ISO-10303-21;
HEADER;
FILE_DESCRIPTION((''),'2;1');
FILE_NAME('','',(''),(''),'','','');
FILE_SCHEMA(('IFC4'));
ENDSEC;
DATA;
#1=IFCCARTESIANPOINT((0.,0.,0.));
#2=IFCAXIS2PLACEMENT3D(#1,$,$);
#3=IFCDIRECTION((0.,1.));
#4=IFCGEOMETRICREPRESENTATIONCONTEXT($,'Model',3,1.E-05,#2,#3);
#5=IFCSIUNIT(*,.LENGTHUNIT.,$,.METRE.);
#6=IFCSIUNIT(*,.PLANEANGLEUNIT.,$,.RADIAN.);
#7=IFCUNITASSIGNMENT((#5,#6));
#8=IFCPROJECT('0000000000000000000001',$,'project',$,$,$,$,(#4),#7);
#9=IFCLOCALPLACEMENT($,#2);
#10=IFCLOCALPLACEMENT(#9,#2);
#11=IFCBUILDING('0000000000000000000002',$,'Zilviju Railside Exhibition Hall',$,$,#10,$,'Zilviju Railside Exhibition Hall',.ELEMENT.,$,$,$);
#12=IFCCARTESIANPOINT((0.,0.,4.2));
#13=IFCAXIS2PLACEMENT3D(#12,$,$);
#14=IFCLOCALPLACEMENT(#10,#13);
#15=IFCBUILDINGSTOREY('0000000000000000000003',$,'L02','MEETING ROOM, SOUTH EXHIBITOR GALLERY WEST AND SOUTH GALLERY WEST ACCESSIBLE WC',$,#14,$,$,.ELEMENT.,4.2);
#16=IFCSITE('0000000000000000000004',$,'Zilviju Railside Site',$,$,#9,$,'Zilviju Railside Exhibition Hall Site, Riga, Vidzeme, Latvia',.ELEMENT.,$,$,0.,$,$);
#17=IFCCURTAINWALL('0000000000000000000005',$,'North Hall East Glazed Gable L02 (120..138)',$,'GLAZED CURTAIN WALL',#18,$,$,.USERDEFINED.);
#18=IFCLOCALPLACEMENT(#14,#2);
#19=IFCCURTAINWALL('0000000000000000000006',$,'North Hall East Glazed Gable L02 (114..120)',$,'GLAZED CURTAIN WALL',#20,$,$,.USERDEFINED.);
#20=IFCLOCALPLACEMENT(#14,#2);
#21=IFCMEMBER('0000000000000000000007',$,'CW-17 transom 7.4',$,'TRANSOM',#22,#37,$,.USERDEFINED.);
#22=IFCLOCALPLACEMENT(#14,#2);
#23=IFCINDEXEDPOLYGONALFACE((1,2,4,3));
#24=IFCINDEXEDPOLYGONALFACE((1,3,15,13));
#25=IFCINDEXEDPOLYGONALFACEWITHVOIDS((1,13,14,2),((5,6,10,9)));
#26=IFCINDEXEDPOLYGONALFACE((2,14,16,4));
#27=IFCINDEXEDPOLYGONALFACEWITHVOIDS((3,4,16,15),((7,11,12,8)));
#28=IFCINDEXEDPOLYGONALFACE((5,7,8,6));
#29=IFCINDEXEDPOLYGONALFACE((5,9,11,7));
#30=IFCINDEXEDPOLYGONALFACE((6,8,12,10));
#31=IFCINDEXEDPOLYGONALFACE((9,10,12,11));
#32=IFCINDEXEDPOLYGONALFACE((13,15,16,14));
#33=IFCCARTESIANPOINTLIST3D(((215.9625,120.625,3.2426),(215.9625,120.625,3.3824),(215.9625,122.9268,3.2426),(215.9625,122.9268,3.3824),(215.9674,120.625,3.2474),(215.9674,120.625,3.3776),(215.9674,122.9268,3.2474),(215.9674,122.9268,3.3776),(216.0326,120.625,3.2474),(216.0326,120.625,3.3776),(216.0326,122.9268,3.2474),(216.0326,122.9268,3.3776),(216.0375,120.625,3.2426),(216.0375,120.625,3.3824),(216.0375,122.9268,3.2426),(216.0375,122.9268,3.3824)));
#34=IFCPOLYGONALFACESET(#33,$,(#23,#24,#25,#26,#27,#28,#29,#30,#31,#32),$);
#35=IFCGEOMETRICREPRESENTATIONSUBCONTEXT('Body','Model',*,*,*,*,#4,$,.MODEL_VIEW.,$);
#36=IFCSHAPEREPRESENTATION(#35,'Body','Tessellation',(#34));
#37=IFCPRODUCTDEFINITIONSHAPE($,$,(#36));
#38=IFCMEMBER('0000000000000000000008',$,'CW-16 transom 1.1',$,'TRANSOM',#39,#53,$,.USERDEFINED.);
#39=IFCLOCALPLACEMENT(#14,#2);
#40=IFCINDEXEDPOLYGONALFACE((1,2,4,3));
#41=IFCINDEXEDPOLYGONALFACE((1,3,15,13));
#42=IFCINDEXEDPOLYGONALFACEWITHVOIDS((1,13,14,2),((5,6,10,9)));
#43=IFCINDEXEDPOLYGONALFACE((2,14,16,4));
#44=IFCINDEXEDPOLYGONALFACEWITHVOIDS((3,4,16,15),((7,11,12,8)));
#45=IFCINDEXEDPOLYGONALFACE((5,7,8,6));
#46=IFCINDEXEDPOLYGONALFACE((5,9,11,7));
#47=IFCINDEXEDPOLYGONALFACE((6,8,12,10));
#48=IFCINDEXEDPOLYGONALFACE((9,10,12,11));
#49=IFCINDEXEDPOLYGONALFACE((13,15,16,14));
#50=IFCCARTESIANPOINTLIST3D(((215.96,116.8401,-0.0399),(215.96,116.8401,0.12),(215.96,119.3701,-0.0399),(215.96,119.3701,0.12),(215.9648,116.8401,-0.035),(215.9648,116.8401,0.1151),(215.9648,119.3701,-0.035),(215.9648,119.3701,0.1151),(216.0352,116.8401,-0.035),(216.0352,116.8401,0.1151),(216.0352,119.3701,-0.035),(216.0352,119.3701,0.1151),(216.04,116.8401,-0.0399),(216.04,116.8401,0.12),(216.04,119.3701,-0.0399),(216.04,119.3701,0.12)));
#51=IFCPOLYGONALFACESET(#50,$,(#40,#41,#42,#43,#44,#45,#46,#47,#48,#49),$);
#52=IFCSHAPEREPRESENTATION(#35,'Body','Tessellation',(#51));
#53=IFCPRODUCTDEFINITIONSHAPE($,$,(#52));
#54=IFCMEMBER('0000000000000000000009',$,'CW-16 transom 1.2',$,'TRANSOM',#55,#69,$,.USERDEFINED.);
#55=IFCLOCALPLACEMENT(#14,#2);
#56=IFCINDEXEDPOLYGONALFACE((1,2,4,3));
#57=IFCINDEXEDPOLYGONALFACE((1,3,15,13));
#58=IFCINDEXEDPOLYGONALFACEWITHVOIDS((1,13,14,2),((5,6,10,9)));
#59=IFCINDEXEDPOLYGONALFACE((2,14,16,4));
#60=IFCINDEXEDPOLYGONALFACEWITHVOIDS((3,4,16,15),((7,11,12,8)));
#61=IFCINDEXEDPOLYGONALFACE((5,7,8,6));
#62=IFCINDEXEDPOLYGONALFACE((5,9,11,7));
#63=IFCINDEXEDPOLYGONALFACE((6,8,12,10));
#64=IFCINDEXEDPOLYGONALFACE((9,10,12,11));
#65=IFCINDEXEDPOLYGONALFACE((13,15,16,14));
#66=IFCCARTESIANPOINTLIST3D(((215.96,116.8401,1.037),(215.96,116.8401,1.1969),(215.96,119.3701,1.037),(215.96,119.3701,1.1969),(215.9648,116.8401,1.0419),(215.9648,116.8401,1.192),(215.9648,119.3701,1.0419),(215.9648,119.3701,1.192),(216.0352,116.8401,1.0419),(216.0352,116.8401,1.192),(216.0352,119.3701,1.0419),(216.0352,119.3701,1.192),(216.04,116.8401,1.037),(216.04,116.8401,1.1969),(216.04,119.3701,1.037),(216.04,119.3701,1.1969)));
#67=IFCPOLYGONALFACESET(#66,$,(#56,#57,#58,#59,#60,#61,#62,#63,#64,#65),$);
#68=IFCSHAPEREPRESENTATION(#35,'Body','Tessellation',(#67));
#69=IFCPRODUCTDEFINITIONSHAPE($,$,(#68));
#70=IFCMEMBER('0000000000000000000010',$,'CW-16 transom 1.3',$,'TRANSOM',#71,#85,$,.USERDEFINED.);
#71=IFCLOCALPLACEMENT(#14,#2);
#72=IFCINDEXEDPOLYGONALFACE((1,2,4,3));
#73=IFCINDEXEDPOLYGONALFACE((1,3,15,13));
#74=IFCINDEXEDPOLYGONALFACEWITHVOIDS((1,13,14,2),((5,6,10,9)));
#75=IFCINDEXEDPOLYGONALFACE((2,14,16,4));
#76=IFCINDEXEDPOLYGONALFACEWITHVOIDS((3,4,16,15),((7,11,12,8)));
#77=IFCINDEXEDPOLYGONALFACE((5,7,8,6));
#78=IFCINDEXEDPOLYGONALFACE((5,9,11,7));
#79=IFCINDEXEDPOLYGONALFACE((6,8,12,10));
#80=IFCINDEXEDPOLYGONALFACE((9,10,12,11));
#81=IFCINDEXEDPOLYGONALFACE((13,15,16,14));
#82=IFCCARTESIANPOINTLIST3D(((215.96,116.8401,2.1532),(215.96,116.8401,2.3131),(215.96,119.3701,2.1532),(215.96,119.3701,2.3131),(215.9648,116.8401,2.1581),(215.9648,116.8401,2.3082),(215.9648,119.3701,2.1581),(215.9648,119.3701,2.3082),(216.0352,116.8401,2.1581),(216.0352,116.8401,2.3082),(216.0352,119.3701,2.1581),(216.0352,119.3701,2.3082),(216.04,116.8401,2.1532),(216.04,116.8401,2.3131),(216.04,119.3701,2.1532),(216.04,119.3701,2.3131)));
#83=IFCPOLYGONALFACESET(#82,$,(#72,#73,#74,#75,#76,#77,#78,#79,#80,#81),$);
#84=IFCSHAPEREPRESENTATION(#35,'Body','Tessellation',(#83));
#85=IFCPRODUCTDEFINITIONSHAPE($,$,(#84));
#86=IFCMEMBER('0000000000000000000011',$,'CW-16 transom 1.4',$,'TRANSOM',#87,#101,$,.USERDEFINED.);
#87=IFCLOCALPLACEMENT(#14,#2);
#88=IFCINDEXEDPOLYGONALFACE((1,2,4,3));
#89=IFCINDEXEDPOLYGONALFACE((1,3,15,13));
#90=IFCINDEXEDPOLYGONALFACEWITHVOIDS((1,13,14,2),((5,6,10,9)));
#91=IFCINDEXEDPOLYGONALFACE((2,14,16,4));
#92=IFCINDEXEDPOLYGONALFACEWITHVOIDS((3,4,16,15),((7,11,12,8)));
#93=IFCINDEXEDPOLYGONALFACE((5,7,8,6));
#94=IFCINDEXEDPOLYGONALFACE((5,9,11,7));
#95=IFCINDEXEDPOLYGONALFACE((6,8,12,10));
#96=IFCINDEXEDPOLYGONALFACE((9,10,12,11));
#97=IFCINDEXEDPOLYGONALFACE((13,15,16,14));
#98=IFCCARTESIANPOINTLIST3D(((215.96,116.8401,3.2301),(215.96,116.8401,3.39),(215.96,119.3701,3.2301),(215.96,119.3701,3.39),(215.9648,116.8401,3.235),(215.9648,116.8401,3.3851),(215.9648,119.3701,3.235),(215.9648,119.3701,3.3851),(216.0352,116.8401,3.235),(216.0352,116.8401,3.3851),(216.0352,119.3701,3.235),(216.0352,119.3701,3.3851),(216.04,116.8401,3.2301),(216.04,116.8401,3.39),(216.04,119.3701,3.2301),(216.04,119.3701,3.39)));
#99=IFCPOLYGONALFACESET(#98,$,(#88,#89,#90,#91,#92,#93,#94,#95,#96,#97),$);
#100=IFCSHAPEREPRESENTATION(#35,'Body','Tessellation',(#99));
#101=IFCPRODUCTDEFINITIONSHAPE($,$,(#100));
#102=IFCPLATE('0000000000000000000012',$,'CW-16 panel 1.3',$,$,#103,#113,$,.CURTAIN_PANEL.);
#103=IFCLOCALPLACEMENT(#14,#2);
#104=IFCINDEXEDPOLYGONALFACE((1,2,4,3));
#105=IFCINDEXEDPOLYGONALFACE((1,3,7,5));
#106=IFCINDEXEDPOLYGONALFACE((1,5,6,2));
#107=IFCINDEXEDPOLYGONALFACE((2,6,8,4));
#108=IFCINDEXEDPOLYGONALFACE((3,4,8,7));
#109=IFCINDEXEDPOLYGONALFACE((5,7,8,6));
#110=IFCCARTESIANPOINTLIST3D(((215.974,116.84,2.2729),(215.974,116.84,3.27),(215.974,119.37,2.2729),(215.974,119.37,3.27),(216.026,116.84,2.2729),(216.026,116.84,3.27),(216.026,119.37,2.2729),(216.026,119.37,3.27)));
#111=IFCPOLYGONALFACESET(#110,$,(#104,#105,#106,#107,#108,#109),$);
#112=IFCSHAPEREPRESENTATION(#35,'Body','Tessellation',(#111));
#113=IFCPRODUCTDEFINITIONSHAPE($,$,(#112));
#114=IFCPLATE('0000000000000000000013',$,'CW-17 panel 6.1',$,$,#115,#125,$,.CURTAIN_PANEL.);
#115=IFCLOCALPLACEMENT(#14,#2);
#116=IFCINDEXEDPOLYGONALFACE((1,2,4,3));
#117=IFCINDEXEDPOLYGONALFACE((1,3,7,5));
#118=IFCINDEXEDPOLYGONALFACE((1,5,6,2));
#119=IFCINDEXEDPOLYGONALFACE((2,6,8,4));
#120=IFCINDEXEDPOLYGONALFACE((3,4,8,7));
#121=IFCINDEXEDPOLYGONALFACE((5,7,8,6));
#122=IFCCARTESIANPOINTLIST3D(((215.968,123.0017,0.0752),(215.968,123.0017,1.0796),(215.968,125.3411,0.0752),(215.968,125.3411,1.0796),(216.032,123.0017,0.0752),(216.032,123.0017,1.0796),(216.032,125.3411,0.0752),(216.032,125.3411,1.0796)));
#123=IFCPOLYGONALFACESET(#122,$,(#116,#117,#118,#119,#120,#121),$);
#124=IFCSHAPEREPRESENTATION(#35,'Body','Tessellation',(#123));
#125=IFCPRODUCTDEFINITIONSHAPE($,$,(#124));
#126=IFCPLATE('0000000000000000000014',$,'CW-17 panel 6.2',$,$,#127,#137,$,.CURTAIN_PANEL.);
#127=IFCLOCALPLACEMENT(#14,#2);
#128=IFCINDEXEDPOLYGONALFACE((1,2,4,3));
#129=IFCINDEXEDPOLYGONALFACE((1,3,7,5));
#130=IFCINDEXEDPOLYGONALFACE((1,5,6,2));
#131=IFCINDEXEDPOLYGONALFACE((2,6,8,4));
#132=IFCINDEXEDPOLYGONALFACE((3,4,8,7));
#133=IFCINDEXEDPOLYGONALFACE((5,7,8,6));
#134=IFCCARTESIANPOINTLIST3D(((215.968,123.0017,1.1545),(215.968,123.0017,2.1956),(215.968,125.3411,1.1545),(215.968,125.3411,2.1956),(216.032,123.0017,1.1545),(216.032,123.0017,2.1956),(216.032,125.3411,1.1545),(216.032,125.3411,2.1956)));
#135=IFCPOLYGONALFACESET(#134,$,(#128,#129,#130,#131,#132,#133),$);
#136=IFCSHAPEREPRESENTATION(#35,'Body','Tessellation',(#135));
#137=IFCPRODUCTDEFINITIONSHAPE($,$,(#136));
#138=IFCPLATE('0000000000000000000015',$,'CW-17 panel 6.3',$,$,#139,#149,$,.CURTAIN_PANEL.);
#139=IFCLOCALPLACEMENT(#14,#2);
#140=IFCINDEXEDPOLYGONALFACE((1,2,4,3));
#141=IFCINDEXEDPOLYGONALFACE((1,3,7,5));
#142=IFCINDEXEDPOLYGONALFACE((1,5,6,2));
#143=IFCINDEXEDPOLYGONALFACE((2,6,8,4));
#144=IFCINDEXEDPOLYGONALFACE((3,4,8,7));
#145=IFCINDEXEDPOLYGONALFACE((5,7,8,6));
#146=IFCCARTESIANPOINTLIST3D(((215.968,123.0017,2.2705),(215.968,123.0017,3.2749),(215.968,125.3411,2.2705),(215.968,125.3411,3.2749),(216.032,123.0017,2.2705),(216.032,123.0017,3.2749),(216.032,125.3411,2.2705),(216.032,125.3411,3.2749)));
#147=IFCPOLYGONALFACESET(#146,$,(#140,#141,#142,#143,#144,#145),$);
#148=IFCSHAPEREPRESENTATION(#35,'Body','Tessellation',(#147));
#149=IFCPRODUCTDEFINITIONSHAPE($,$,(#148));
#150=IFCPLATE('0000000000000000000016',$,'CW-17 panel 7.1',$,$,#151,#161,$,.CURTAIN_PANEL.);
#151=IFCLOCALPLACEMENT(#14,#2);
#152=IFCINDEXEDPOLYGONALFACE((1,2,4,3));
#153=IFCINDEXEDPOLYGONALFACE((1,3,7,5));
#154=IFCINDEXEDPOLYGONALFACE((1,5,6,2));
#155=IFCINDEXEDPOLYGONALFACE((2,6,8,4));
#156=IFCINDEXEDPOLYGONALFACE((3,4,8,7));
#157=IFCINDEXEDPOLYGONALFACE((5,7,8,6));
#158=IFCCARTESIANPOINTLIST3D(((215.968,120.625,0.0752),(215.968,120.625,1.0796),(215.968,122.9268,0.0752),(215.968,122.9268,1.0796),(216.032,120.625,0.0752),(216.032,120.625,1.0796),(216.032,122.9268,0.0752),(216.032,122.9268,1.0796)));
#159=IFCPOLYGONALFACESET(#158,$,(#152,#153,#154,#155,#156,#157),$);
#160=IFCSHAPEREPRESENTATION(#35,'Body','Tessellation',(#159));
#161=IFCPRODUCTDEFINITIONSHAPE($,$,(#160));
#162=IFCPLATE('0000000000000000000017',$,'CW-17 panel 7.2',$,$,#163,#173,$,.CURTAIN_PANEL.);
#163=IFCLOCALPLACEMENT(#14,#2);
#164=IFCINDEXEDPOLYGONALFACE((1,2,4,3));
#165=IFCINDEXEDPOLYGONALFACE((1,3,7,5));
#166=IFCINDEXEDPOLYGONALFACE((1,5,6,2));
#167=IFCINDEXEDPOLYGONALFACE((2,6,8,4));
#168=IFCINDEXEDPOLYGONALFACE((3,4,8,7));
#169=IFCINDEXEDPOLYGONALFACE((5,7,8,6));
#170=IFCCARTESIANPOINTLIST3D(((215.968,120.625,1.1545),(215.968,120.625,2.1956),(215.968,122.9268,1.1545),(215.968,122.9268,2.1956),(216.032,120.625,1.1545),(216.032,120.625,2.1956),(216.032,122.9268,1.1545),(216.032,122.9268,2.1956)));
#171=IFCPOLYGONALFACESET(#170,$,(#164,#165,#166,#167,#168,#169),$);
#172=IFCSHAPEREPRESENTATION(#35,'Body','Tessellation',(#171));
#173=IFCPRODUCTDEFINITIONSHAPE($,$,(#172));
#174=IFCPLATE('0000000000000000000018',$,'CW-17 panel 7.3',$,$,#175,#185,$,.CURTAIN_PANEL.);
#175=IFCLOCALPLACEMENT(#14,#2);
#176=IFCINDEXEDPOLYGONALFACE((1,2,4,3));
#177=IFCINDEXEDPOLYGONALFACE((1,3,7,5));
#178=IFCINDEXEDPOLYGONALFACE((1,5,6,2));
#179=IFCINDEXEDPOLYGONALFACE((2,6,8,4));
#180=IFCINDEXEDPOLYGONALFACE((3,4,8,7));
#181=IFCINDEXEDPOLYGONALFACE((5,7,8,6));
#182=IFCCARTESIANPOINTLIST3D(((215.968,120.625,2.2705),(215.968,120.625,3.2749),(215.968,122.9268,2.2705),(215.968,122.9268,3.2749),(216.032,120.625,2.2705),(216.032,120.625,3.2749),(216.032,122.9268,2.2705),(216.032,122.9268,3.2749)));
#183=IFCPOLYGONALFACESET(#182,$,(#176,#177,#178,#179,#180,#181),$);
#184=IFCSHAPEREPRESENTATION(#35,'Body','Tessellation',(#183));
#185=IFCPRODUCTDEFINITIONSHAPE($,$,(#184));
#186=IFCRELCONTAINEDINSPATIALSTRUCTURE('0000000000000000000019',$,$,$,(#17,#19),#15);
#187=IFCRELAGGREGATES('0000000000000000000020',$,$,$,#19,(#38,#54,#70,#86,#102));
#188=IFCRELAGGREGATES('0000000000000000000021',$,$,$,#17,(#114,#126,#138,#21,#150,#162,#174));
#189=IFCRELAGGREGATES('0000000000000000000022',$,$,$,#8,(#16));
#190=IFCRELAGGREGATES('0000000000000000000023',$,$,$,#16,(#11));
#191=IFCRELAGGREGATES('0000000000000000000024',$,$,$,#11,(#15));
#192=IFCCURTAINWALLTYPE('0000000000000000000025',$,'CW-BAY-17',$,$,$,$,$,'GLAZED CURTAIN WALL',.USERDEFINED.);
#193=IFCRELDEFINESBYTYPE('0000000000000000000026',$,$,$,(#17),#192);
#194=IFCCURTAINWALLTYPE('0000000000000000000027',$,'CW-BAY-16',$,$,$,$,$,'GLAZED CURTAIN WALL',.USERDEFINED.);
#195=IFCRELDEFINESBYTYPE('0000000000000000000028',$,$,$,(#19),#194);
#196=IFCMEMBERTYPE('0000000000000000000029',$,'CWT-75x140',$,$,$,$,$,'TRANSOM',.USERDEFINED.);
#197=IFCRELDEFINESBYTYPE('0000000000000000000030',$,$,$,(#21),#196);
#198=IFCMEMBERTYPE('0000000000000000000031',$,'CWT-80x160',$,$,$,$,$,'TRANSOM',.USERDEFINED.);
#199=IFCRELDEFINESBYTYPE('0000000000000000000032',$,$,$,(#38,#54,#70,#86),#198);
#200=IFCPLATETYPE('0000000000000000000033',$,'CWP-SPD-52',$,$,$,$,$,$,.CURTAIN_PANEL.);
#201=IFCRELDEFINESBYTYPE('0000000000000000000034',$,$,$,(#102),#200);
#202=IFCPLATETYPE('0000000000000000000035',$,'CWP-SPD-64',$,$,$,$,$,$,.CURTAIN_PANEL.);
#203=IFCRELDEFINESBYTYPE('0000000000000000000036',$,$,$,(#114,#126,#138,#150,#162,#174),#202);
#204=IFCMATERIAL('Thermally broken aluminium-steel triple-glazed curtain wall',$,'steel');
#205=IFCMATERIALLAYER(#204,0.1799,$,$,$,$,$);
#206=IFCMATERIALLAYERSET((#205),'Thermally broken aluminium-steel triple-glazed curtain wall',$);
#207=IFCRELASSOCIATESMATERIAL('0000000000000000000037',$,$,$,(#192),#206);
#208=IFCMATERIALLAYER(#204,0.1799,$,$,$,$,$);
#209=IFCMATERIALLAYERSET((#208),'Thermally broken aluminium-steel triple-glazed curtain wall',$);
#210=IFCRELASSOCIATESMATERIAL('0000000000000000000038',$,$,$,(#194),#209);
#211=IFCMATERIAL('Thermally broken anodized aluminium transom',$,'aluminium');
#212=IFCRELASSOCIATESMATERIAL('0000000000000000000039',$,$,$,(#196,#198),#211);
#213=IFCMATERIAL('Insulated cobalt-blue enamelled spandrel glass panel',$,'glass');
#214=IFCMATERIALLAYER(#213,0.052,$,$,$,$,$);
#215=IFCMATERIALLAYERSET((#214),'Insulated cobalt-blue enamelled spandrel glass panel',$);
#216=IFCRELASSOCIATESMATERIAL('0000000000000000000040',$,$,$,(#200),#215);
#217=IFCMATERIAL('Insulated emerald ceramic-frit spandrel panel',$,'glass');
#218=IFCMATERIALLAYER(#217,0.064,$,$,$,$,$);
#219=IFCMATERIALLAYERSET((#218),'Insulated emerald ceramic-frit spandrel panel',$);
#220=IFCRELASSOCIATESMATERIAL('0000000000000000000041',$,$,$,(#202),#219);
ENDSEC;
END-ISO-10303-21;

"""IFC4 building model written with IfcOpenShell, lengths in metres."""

from ifc_helpers import new_model, si_unit, direction, frame, origin, origin_2d, place, context, subcontext, project, spatial, rectangle, hollow_rectangle, extrude, material, layer, layer_set, material_profile, profile_set, type_object, element, aggregate, save


model = new_model("IFC4")

# Units and contexts
model_context = context("Model", 3, precision=1e-05, world=origin(), true_north=direction((0.0, 1.0)))
body_context = subcontext(model_context, "Body", "Model", "MODEL_VIEW")
ifc_project = project(units=[si_unit("LENGTHUNIT", "METRE"), si_unit("PLANEANGLEUNIT", "RADIAN")], contexts=[model_context])

# Site, building, storey
site_placement = place(None, origin())
site = spatial("IfcSite", under=ifc_project, at=site_placement, Name="Zilviju Railside Site", LongName="Zilviju Railside Exhibition Hall Site, Riga, Vidzeme, Latvia", CompositionType="ELEMENT", RefElevation=0.0)
building_placement = place(site_placement, origin())
building = spatial("IfcBuilding", under=site, at=building_placement, Name="Zilviju Railside Exhibition Hall", LongName="Zilviju Railside Exhibition Hall", CompositionType="ELEMENT")
storey_placement = place(building_placement, frame((0.0, 0.0, 4.2)))
storey = spatial("IfcBuildingStorey", under=building, at=storey_placement, Name="L02", Description="MEETING ROOM, SOUTH EXHIBITOR GALLERY WEST AND SOUTH GALLERY WEST ACCESSIBLE WC", CompositionType="ELEMENT", Elevation=4.2)

# Curtain wall
ifc_material_1 = material(Name="Thermally broken aluminium-steel triple-glazed curtain wall", Category="steel")
ifc_layer_1 = layer(ifc_material_1, 0.1799)
ifc_layer_set_1 = layer_set([ifc_layer_1], Name="Thermally broken aluminium-steel triple-glazed curtain wall")
curtain_wall_type_1 = type_object("IfcCurtainWallType", Name="CW-BAY-17", ElementType="GLAZED CURTAIN WALL", PredefinedType="USERDEFINED", material=ifc_layer_set_1)
curtain_wall_1_placement = place(storey_placement, origin())
curtain_wall_1 = element("IfcCurtainWall", 1, at=curtain_wall_1_placement, inside=storey, type_object=curtain_wall_type_1, Name="North Hall East Glazed Gable L02 (120..138)", ObjectType="GLAZED CURTAIN WALL", PredefinedType="USERDEFINED")

# Curtain wall
ifc_layer_2 = layer(ifc_material_1, 0.1799)
ifc_layer_set_2 = layer_set([ifc_layer_2], Name="Thermally broken aluminium-steel triple-glazed curtain wall")
curtain_wall_type_2 = type_object("IfcCurtainWallType", Name="CW-BAY-16", ElementType="GLAZED CURTAIN WALL", PredefinedType="USERDEFINED", material=ifc_layer_set_2)
curtain_wall_2_placement = place(storey_placement, origin())
curtain_wall_2 = element("IfcCurtainWall", 2, at=curtain_wall_2_placement, inside=storey, type_object=curtain_wall_type_2, Name="North Hall East Glazed Gable L02 (114..120)", ObjectType="GLAZED CURTAIN WALL", PredefinedType="USERDEFINED")

# Members
ifc_material_2 = material(Name="Thermally broken anodized aluminium transom", Category="aluminium")
ifc_material_profile_1 = material_profile(ifc_material_2, hollow_rectangle(XDim=0.075, YDim=0.1399, WallThickness=0.0049, at=origin_2d()), Name="TRANSOM 140x75x5")
ifc_profile_set_1 = profile_set([ifc_material_profile_1], Name="Thermally broken anodized aluminium transom")
member_type_1 = type_object("IfcMemberType", Name="CWT-75x140", ElementType="TRANSOM", PredefinedType="USERDEFINED", material=ifc_profile_set_1)
member_1_placement = place(storey_placement, frame((216.0, 122.9268, 3.3125), z_axis=(0.0, -1.0, 0.0), x_axis=(1.0, 0.0, 0.0)))
member_1 = element("IfcMember", 3, at=member_1_placement, type_object=member_type_1, Name="CW-17 transom 7.4", ObjectType="TRANSOM", PredefinedType="USERDEFINED", context=body_context, shape_type="SweptSolid", body=[
    extrude(hollow_rectangle(XDim=0.075, YDim=0.1399, WallThickness=0.0049, at=origin_2d()), origin(), (0.0, 0.0, 1.0), 2.3018),
])
ifc_material_profile_2 = material_profile(ifc_material_2, hollow_rectangle(XDim=0.0801, YDim=0.1599, WallThickness=0.0049, at=origin_2d()), Name="TRANSOM 160x80x5")
ifc_profile_set_2 = profile_set([ifc_material_profile_2], Name="Thermally broken anodized aluminium transom")
member_type_2 = type_object("IfcMemberType", Name="CWT-80x160", ElementType="TRANSOM", PredefinedType="USERDEFINED", material=ifc_profile_set_2)
member_2_placement = place(storey_placement, frame((216.0, 119.3701, 0.04), z_axis=(0.0, -1.0, 0.0), x_axis=(1.0, 0.0, 0.0)))
member_2 = element("IfcMember", 4, at=member_2_placement, type_object=member_type_2, Name="CW-16 transom 1.1", ObjectType="TRANSOM", PredefinedType="USERDEFINED", context=body_context, shape_type="SweptSolid", body=[
    extrude(hollow_rectangle(XDim=0.0801, YDim=0.1599, WallThickness=0.0049, at=origin_2d()), origin(), (0.0, 0.0, 1.0), 2.53),
])
member_3_placement = place(storey_placement, frame((216.0, 119.3701, 1.1169), z_axis=(0.0, -1.0, 0.0), x_axis=(1.0, 0.0, 0.0)))
member_3 = element("IfcMember", 5, at=member_3_placement, type_object=member_type_2, Name="CW-16 transom 1.2", ObjectType="TRANSOM", PredefinedType="USERDEFINED", context=body_context, shape_type="SweptSolid", body=[
    extrude(hollow_rectangle(XDim=0.0801, YDim=0.1599, WallThickness=0.0049, at=origin_2d()), origin(), (0.0, 0.0, 1.0), 2.53),
])
member_4_placement = place(storey_placement, frame((216.0, 119.3701, 2.2332), z_axis=(0.0, -1.0, 0.0), x_axis=(1.0, 0.0, 0.0)))
member_4 = element("IfcMember", 6, at=member_4_placement, type_object=member_type_2, Name="CW-16 transom 1.3", ObjectType="TRANSOM", PredefinedType="USERDEFINED", context=body_context, shape_type="SweptSolid", body=[
    extrude(hollow_rectangle(XDim=0.0801, YDim=0.1599, WallThickness=0.0049, at=origin_2d()), origin(), (0.0, 0.0, 1.0), 2.53),
])
member_5_placement = place(storey_placement, frame((216.0, 119.3701, 3.3101), z_axis=(0.0, -1.0, 0.0), x_axis=(1.0, 0.0, 0.0)))
member_5 = element("IfcMember", 7, at=member_5_placement, type_object=member_type_2, Name="CW-16 transom 1.4", ObjectType="TRANSOM", PredefinedType="USERDEFINED", context=body_context, shape_type="SweptSolid", body=[
    extrude(hollow_rectangle(XDim=0.0801, YDim=0.1599, WallThickness=0.0049, at=origin_2d()), origin(), (0.0, 0.0, 1.0), 2.53),
])

# Plates
ifc_material_3 = material(Name="Insulated cobalt-blue enamelled spandrel glass panel", Category="glass")
ifc_layer_3 = layer(ifc_material_3, 0.052)
ifc_layer_set_3 = layer_set([ifc_layer_3], Name="Insulated cobalt-blue enamelled spandrel glass panel")
plate_type_1 = type_object("IfcPlateType", Name="CWP-SPD-52", PredefinedType="CURTAIN_PANEL", material=ifc_layer_set_3)
plate_1_placement = place(storey_placement, frame((216.0, 118.105, 2.2729), z_axis=(0.0, 0.0, 1.0), x_axis=(0.0, -1.0, 0.0)))
plate_1 = element("IfcPlate", 8, at=plate_1_placement, type_object=plate_type_1, Name="CW-16 panel 1.3", PredefinedType="CURTAIN_PANEL", context=body_context, shape_type="SweptSolid", body=[
    extrude(rectangle(XDim=2.53, YDim=0.052, at=origin_2d()), origin(), (0.0, 0.0, 1.0), 0.9971),
])
aggregate(curtain_wall_2, [member_2, member_3, member_4, member_5, plate_1])
ifc_material_4 = material(Name="Insulated emerald ceramic-frit spandrel panel", Category="glass")
ifc_layer_4 = layer(ifc_material_4, 0.064)
ifc_layer_set_4 = layer_set([ifc_layer_4], Name="Insulated emerald ceramic-frit spandrel panel")
plate_type_2 = type_object("IfcPlateType", Name="CWP-SPD-64", PredefinedType="CURTAIN_PANEL", material=ifc_layer_set_4)
plate_2_placement = place(storey_placement, frame((216.0, 124.1714, 0.0752), z_axis=(0.0, 0.0, 1.0), x_axis=(0.0, -1.0, 0.0)))
plate_2 = element("IfcPlate", 9, at=plate_2_placement, type_object=plate_type_2, Name="CW-17 panel 6.1", PredefinedType="CURTAIN_PANEL", context=body_context, shape_type="SweptSolid", body=[
    extrude(rectangle(XDim=2.3394, YDim=0.064, at=origin_2d()), origin(), (0.0, 0.0, 1.0), 1.0044),
])
plate_3_placement = place(storey_placement, frame((216.0, 124.1714, 1.1545), z_axis=(0.0, 0.0, 1.0), x_axis=(0.0, -1.0, 0.0)))
plate_3 = element("IfcPlate", 10, at=plate_3_placement, type_object=plate_type_2, Name="CW-17 panel 6.2", PredefinedType="CURTAIN_PANEL", context=body_context, shape_type="SweptSolid", body=[
    extrude(rectangle(XDim=2.3394, YDim=0.064, at=origin_2d()), origin(), (0.0, 0.0, 1.0), 1.041),
])
plate_4_placement = place(storey_placement, frame((216.0, 124.1714, 2.2705), z_axis=(0.0, 0.0, 1.0), x_axis=(0.0, -1.0, 0.0)))
plate_4 = element("IfcPlate", 11, at=plate_4_placement, type_object=plate_type_2, Name="CW-17 panel 6.3", PredefinedType="CURTAIN_PANEL", context=body_context, shape_type="SweptSolid", body=[
    extrude(rectangle(XDim=2.3394, YDim=0.064, at=origin_2d()), origin(), (0.0, 0.0, 1.0), 1.0044),
])
plate_5_placement = place(storey_placement, frame((216.0, 121.7759, 0.0752), z_axis=(0.0, 0.0, 1.0), x_axis=(0.0, -1.0, 0.0)))
plate_5 = element("IfcPlate", 12, at=plate_5_placement, type_object=plate_type_2, Name="CW-17 panel 7.1", PredefinedType="CURTAIN_PANEL", context=body_context, shape_type="SweptSolid", body=[
    extrude(rectangle(XDim=2.3018, YDim=0.064, at=origin_2d()), origin(), (0.0, 0.0, 1.0), 1.0044),
])
plate_6_placement = place(storey_placement, frame((216.0, 121.7759, 1.1545), z_axis=(0.0, 0.0, 1.0), x_axis=(0.0, -1.0, 0.0)))
plate_6 = element("IfcPlate", 13, at=plate_6_placement, type_object=plate_type_2, Name="CW-17 panel 7.2", PredefinedType="CURTAIN_PANEL", context=body_context, shape_type="SweptSolid", body=[
    extrude(rectangle(XDim=2.3018, YDim=0.064, at=origin_2d()), origin(), (0.0, 0.0, 1.0), 1.041),
])
plate_7_placement = place(storey_placement, frame((216.0, 121.7759, 2.2705), z_axis=(0.0, 0.0, 1.0), x_axis=(0.0, -1.0, 0.0)))
plate_7 = element("IfcPlate", 14, at=plate_7_placement, type_object=plate_type_2, Name="CW-17 panel 7.3", PredefinedType="CURTAIN_PANEL", context=body_context, shape_type="SweptSolid", body=[
    extrude(rectangle(XDim=2.3018, YDim=0.064, at=origin_2d()), origin(), (0.0, 0.0, 1.0), 1.0044),
])
aggregate(curtain_wall_1, [plate_2, plate_3, plate_4, member_1, plate_5, plate_6, plate_7])

save(model, "model.ifc")
